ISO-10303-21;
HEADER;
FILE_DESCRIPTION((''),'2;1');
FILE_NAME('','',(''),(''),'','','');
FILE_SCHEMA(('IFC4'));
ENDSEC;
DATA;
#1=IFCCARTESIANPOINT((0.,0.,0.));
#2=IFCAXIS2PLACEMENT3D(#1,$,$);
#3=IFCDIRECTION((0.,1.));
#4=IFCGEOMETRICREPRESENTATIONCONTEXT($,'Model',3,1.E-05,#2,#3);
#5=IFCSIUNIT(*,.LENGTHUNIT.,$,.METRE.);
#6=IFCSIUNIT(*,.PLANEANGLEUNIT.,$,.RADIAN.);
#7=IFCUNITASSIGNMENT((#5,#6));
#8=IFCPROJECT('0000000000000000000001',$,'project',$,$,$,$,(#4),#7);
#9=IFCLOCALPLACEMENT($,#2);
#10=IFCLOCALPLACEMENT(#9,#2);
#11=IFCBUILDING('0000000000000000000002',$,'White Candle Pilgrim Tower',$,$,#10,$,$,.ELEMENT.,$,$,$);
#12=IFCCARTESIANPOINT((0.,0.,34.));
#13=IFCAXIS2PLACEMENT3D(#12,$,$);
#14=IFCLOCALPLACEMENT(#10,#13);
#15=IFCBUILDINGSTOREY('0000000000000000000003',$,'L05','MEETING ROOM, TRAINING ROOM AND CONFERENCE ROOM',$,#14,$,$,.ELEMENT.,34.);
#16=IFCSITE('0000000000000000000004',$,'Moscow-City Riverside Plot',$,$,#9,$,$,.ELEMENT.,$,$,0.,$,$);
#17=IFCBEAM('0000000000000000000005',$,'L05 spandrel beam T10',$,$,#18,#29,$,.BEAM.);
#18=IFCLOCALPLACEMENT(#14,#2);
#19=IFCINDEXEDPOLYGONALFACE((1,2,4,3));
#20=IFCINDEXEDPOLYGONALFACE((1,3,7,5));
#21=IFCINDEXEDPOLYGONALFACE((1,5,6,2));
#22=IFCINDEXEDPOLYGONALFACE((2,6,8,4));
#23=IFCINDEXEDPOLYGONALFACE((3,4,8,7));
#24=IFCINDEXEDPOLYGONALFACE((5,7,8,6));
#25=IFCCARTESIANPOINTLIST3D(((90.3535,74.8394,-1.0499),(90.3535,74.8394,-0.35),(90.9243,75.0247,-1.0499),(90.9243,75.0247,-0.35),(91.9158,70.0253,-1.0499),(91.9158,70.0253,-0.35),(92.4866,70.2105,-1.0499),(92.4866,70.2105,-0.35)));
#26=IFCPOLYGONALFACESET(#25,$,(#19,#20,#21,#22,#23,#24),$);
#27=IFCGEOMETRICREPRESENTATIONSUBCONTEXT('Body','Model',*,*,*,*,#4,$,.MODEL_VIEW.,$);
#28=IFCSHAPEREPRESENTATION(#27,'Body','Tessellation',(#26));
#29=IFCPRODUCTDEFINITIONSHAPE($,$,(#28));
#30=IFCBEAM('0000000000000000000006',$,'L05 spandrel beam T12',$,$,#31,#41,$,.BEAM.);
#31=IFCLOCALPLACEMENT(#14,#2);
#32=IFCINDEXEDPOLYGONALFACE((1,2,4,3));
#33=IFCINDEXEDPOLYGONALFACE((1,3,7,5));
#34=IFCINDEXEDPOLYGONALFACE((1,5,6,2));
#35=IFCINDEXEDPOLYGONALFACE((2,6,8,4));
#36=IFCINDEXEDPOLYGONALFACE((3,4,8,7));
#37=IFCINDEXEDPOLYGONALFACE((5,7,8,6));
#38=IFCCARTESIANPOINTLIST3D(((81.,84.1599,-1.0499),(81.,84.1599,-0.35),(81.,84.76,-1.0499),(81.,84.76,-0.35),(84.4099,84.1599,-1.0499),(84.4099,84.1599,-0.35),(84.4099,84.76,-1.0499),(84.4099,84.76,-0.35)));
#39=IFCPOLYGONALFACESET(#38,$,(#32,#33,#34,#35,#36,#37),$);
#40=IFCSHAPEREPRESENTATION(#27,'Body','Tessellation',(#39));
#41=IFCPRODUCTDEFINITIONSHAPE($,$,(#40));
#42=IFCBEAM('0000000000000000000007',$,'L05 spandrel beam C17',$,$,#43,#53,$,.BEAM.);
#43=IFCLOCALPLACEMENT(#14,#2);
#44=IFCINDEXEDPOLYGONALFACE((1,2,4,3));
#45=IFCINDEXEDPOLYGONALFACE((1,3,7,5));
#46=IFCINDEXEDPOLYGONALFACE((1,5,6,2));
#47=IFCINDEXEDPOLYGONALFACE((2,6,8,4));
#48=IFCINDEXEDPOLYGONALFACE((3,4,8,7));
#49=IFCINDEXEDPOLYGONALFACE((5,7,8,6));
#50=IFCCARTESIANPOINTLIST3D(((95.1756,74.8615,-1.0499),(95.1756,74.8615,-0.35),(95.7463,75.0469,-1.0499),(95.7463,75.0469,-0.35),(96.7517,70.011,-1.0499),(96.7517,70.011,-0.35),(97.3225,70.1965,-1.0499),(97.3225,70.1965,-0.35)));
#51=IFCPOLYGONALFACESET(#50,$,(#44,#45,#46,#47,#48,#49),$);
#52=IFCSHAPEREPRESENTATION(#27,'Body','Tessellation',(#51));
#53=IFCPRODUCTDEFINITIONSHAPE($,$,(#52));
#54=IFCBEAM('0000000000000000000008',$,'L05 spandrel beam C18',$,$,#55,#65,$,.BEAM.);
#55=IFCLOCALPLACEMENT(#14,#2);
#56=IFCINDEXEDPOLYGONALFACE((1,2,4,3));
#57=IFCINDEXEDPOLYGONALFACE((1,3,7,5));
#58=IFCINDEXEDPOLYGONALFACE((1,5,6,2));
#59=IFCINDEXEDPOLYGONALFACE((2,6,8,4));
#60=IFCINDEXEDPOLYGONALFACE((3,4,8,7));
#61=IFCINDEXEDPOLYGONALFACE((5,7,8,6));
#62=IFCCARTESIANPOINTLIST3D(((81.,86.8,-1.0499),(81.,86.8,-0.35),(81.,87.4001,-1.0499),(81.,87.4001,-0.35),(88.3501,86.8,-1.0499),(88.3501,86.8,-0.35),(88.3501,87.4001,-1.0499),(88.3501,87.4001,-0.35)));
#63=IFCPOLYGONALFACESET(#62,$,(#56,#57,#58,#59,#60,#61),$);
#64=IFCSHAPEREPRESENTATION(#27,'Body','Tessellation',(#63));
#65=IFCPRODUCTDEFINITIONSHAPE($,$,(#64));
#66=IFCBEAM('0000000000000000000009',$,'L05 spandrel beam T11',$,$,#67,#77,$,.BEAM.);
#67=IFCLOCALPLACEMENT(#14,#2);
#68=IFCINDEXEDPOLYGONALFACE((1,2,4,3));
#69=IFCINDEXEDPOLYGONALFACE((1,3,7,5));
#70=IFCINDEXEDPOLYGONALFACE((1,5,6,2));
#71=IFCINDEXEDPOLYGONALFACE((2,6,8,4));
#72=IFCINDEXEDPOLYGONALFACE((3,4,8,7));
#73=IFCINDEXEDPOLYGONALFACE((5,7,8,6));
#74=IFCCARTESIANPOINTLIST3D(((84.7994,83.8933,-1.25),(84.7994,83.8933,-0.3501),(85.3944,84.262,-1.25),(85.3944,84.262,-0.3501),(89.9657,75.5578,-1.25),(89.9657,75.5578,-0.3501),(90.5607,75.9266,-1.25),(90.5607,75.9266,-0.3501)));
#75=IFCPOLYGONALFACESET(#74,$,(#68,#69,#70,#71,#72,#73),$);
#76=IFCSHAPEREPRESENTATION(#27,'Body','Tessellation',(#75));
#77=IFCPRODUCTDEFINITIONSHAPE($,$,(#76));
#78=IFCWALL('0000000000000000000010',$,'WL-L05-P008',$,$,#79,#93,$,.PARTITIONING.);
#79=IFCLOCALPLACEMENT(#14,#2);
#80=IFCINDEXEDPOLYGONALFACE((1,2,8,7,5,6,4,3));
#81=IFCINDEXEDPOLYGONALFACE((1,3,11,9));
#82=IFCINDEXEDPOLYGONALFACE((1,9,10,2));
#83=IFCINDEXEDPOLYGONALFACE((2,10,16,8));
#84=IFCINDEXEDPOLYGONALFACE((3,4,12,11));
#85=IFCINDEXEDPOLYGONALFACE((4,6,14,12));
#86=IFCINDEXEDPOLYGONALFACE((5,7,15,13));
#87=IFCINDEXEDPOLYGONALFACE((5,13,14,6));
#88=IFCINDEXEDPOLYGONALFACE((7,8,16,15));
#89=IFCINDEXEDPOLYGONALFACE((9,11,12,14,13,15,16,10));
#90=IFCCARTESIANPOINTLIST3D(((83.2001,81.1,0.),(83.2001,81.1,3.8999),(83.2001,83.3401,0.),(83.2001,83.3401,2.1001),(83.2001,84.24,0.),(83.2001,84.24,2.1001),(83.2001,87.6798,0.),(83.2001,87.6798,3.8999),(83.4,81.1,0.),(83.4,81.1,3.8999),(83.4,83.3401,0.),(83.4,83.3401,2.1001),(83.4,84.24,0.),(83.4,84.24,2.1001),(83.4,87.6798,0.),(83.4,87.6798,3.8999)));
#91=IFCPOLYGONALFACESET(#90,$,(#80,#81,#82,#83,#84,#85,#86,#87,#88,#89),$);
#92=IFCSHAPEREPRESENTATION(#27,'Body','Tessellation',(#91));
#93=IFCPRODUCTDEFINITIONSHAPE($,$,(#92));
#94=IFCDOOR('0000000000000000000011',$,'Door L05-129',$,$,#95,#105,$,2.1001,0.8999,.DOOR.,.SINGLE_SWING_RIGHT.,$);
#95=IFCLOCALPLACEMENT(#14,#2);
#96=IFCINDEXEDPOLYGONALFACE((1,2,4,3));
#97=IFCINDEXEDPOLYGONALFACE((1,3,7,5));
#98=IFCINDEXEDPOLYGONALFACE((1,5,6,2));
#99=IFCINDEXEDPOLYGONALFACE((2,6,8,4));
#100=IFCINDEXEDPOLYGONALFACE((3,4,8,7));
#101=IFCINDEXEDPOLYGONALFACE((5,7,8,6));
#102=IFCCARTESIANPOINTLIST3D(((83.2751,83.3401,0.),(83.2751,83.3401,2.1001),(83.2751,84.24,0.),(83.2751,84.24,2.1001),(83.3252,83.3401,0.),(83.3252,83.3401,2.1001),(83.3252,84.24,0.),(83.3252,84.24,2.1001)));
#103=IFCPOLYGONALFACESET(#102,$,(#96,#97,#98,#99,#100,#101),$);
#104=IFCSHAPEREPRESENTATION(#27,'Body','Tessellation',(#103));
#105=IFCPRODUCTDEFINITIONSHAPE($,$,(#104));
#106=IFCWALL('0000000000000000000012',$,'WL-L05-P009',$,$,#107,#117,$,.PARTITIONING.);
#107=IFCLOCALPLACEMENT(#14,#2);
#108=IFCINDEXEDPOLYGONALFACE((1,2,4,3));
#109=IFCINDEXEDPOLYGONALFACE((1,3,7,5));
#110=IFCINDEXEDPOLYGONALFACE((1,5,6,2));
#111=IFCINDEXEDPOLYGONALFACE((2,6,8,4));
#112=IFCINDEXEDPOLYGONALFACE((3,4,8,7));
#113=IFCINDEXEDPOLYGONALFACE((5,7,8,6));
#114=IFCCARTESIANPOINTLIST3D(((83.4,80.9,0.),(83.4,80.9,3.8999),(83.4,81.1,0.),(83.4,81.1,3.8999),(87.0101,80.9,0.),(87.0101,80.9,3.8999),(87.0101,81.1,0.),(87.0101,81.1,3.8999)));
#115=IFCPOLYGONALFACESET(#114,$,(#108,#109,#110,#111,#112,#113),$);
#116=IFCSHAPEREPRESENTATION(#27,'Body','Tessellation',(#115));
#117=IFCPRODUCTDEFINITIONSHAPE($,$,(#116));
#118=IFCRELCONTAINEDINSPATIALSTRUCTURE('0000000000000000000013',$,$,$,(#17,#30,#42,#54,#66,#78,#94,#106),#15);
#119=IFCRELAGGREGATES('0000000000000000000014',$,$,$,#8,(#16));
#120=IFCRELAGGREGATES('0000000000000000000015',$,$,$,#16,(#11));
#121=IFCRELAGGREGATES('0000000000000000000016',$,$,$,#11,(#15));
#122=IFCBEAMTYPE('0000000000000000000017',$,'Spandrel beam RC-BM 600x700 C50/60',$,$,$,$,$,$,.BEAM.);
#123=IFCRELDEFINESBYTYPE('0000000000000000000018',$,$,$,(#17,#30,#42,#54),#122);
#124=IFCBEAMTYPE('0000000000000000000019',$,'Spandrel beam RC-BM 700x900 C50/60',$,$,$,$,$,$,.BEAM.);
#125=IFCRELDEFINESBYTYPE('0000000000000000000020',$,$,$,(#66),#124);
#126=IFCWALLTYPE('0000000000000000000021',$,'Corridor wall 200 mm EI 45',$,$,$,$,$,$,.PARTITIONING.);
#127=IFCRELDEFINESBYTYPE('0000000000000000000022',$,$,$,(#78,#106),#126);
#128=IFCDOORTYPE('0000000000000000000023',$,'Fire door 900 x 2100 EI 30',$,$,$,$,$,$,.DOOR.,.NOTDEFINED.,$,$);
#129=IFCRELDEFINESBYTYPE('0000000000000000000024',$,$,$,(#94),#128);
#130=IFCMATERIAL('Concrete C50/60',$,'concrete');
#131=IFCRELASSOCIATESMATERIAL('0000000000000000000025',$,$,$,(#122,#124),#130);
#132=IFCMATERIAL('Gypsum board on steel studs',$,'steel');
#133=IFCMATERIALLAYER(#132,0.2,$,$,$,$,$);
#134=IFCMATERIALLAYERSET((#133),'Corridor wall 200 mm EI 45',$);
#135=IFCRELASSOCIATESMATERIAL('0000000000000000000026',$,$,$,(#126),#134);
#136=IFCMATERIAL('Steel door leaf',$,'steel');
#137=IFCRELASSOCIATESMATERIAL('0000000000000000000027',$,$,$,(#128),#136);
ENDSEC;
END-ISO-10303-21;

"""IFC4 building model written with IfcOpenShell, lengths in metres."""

from ifc_helpers import new_model, si_unit, direction, frame, frame_2d, origin, origin_2d, place, context, subcontext, project, spatial, rectangle, extrude, material, layer, layer_set, material_profile, profile_set, type_object, element, fill, save


model = new_model("IFC4")

# Units and contexts
model_context = context("Model", 3, precision=1e-05, world=origin(), true_north=direction((0.0, 1.0)))
body_context = subcontext(model_context, "Body", "Model", "MODEL_VIEW")
ifc_project = project(units=[si_unit("LENGTHUNIT", "METRE"), si_unit("PLANEANGLEUNIT", "RADIAN")], contexts=[model_context])

# Site, building, storey
site_placement = place(None, origin())
site = spatial("IfcSite", under=ifc_project, at=site_placement, Name="Moscow-City Riverside Plot", CompositionType="ELEMENT", RefElevation=0.0)
building_placement = place(site_placement, origin())
building = spatial("IfcBuilding", under=site, at=building_placement, Name="White Candle Pilgrim Tower", CompositionType="ELEMENT")
storey_placement = place(building_placement, frame((0.0, 0.0, 34.0)))
storey = spatial("IfcBuildingStorey", under=building, at=storey_placement, Name="L05", Description="MEETING ROOM, TRAINING ROOM AND CONFERENCE ROOM", CompositionType="ELEMENT", Elevation=34.0)

# Beams
ifc_material_1 = material(Name="Concrete C50/60", Category="concrete")
ifc_material_profile_1 = material_profile(ifc_material_1, rectangle(XDim=0.6001, YDim=0.7, at=origin_2d()), Name="RC-BM 600x700")
ifc_profile_set_1 = profile_set([ifc_material_profile_1], Name="Concrete C50/60")
beam_type_1 = type_object("IfcBeamType", Name="Spandrel beam RC-BM 600x700 C50/60", PredefinedType="BEAM", material=ifc_profile_set_1)
beam_1_placement = place(storey_placement, frame((92.2012, 70.1179, -0.7), z_axis=(-0.308664, 0.951171, 0.0), x_axis=(-0.951171, -0.308664, 0.0)))
element("IfcBeam", 1, at=beam_1_placement, inside=storey, type_object=beam_type_1, Name="L05 spandrel beam T10", PredefinedType="BEAM", context=body_context, shape_type="SweptSolid", body=[
    extrude(rectangle(XDim=0.6001, YDim=0.7, at=origin_2d()), origin(), (0.0, 0.0, 1.0), 5.0613),
])
beam_2_placement = place(storey_placement, frame((84.4099, 84.46, -0.7), z_axis=(-1.0, 0.0, 0.0), x_axis=(0.0, -1.0, 0.0)))
element("IfcBeam", 2, at=beam_2_placement, inside=storey, type_object=beam_type_1, Name="L05 spandrel beam T12", PredefinedType="BEAM", context=body_context, shape_type="SweptSolid", body=[
    extrude(rectangle(XDim=0.6001, YDim=0.7, at=origin_2d()), origin(), (0.0, 0.0, 1.0), 3.4099),
])
beam_3_placement = place(storey_placement, frame((97.0371, 70.1038, -0.7), z_axis=(-0.309053, 0.951045, 0.0), x_axis=(-0.951045, -0.309053, 0.0)))
element("IfcBeam", 3, at=beam_3_placement, inside=storey, type_object=beam_type_1, Name="L05 spandrel beam C17", PredefinedType="BEAM", context=body_context, shape_type="SweptSolid", body=[
    extrude(rectangle(XDim=0.6001, YDim=0.7, at=origin_2d()), origin(), (0.0, 0.0, 1.0), 5.1001),
])
beam_4_placement = place(storey_placement, frame((88.3501, 87.1001, -0.7), z_axis=(-1.0, 0.0, 0.0), x_axis=(0.0, -1.0, 0.0)))
element("IfcBeam", 4, at=beam_4_placement, inside=storey, type_object=beam_type_1, Name="L05 spandrel beam C18", PredefinedType="BEAM", context=body_context, shape_type="SweptSolid", body=[
    extrude(rectangle(XDim=0.6001, YDim=0.7, at=origin_2d()), origin(), (0.0, 0.0, 1.0), 7.3501),
])
ifc_material_profile_2 = material_profile(ifc_material_1, rectangle(XDim=0.7, YDim=0.8999, at=origin_2d()), Name="RC-BM 700x900")
ifc_profile_set_2 = profile_set([ifc_material_profile_2], Name="Concrete C50/60")
beam_type_2 = type_object("IfcBeamType", Name="Spandrel beam RC-BM 700x900 C50/60", PredefinedType="BEAM", material=ifc_profile_set_2)
beam_5_placement = place(storey_placement, frame((90.2632, 75.7422, -0.8), z_axis=(-0.526813, 0.849981, 0.0), x_axis=(-0.849981, -0.526813, 0.0)))
element("IfcBeam", 5, at=beam_5_placement, inside=storey, type_object=beam_type_2, Name="L05 spandrel beam T11", PredefinedType="BEAM", context=body_context, shape_type="SweptSolid", body=[
    extrude(rectangle(XDim=0.7, YDim=0.8999, at=origin_2d()), origin(), (0.0, 0.0, 1.0), 9.8066),
])

# Wall, opening, door
ifc_material_2 = material(Name="Gypsum board on steel studs", Category="steel")
ifc_layer_1 = layer(ifc_material_2, 0.2)
ifc_layer_set_1 = layer_set([ifc_layer_1], Name="Corridor wall 200 mm EI 45")
wall_type_1 = type_object("IfcWallType", Name="Corridor wall 200 mm EI 45", PredefinedType="PARTITIONING", material=ifc_layer_set_1)
wall_1_placement = place(storey_placement, frame((83.3, 87.6799, 0.0), z_axis=(0.0, 0.0, 1.0), x_axis=(0.0, -1.0, 0.0)))
wall_1 = element("IfcWall", 6, at=wall_1_placement, inside=storey, type_object=wall_type_1, Name="WL-L05-P008", PredefinedType="PARTITIONING", context=body_context, shape_type="SweptSolid", body=[
    extrude(rectangle(XDim=6.5798, YDim=0.2, at=frame_2d((3.29, 0.0))), origin(), (0.0, 0.0, 1.0), 3.8999),
])
opening_1_placement = place(wall_1_placement, frame((3.4399, 0.0, 0.0)))
opening_1 = element("IfcOpeningElement", 7, at=opening_1_placement, cuts=wall_1, PredefinedType="OPENING", context=body_context, shape_type="SweptSolid", body=[
    extrude(rectangle(XDim=0.8999, YDim=2.1001, at=frame_2d((0.45, 1.05))), frame((0.0, 0.1099, 0.0), z_axis=(0.0, -1.0, 0.0), x_axis=(1.0, 0.0, 0.0)), (0.0, 0.0, 1.0), 0.22),
])
ifc_material_3 = material(Name="Steel door leaf", Category="steel")
door_type = type_object("IfcDoorType", Name="Fire door 900 x 2100 EI 30", OperationType="NOTDEFINED", PredefinedType="DOOR", material=ifc_material_3)
door_1_placement = place(opening_1_placement, frame((0.8999, 0.0, 0.0), z_axis=(0.0, 0.0, 1.0), x_axis=(-1.0, 0.0, 0.0)))
door_1 = element("IfcDoor", 8, at=door_1_placement, inside=storey, type_object=door_type, Name="Door L05-129", OperationType="SINGLE_SWING_RIGHT", OverallHeight=2.1001, OverallWidth=0.8999, PredefinedType="DOOR", context=body_context, shape_type="SweptSolid", body=[
    extrude(rectangle(XDim=0.8999, YDim=2.1001, at=frame_2d((0.45, 1.05))), frame((0.0, 0.0249, 0.0), z_axis=(0.0, -1.0, 0.0), x_axis=(1.0, 0.0, 0.0)), (0.0, 0.0, 1.0), 0.05),
])
fill(opening_1, door_1)

# Wall
wall_2_placement = place(storey_placement, frame((83.3999, 81.0, 0.0), z_axis=(0.0, 0.0, 1.0), x_axis=(1.0, 0.0, 0.0)))
element("IfcWall", 9, at=wall_2_placement, inside=storey, type_object=wall_type_1, Name="WL-L05-P009", PredefinedType="PARTITIONING", context=body_context, shape_type="SweptSolid", body=[
    extrude(rectangle(XDim=3.6101, YDim=0.2, at=frame_2d((1.8052, 0.0))), origin(), (0.0, 0.0, 1.0), 3.8999),
])

save(model, "model.ifc")
